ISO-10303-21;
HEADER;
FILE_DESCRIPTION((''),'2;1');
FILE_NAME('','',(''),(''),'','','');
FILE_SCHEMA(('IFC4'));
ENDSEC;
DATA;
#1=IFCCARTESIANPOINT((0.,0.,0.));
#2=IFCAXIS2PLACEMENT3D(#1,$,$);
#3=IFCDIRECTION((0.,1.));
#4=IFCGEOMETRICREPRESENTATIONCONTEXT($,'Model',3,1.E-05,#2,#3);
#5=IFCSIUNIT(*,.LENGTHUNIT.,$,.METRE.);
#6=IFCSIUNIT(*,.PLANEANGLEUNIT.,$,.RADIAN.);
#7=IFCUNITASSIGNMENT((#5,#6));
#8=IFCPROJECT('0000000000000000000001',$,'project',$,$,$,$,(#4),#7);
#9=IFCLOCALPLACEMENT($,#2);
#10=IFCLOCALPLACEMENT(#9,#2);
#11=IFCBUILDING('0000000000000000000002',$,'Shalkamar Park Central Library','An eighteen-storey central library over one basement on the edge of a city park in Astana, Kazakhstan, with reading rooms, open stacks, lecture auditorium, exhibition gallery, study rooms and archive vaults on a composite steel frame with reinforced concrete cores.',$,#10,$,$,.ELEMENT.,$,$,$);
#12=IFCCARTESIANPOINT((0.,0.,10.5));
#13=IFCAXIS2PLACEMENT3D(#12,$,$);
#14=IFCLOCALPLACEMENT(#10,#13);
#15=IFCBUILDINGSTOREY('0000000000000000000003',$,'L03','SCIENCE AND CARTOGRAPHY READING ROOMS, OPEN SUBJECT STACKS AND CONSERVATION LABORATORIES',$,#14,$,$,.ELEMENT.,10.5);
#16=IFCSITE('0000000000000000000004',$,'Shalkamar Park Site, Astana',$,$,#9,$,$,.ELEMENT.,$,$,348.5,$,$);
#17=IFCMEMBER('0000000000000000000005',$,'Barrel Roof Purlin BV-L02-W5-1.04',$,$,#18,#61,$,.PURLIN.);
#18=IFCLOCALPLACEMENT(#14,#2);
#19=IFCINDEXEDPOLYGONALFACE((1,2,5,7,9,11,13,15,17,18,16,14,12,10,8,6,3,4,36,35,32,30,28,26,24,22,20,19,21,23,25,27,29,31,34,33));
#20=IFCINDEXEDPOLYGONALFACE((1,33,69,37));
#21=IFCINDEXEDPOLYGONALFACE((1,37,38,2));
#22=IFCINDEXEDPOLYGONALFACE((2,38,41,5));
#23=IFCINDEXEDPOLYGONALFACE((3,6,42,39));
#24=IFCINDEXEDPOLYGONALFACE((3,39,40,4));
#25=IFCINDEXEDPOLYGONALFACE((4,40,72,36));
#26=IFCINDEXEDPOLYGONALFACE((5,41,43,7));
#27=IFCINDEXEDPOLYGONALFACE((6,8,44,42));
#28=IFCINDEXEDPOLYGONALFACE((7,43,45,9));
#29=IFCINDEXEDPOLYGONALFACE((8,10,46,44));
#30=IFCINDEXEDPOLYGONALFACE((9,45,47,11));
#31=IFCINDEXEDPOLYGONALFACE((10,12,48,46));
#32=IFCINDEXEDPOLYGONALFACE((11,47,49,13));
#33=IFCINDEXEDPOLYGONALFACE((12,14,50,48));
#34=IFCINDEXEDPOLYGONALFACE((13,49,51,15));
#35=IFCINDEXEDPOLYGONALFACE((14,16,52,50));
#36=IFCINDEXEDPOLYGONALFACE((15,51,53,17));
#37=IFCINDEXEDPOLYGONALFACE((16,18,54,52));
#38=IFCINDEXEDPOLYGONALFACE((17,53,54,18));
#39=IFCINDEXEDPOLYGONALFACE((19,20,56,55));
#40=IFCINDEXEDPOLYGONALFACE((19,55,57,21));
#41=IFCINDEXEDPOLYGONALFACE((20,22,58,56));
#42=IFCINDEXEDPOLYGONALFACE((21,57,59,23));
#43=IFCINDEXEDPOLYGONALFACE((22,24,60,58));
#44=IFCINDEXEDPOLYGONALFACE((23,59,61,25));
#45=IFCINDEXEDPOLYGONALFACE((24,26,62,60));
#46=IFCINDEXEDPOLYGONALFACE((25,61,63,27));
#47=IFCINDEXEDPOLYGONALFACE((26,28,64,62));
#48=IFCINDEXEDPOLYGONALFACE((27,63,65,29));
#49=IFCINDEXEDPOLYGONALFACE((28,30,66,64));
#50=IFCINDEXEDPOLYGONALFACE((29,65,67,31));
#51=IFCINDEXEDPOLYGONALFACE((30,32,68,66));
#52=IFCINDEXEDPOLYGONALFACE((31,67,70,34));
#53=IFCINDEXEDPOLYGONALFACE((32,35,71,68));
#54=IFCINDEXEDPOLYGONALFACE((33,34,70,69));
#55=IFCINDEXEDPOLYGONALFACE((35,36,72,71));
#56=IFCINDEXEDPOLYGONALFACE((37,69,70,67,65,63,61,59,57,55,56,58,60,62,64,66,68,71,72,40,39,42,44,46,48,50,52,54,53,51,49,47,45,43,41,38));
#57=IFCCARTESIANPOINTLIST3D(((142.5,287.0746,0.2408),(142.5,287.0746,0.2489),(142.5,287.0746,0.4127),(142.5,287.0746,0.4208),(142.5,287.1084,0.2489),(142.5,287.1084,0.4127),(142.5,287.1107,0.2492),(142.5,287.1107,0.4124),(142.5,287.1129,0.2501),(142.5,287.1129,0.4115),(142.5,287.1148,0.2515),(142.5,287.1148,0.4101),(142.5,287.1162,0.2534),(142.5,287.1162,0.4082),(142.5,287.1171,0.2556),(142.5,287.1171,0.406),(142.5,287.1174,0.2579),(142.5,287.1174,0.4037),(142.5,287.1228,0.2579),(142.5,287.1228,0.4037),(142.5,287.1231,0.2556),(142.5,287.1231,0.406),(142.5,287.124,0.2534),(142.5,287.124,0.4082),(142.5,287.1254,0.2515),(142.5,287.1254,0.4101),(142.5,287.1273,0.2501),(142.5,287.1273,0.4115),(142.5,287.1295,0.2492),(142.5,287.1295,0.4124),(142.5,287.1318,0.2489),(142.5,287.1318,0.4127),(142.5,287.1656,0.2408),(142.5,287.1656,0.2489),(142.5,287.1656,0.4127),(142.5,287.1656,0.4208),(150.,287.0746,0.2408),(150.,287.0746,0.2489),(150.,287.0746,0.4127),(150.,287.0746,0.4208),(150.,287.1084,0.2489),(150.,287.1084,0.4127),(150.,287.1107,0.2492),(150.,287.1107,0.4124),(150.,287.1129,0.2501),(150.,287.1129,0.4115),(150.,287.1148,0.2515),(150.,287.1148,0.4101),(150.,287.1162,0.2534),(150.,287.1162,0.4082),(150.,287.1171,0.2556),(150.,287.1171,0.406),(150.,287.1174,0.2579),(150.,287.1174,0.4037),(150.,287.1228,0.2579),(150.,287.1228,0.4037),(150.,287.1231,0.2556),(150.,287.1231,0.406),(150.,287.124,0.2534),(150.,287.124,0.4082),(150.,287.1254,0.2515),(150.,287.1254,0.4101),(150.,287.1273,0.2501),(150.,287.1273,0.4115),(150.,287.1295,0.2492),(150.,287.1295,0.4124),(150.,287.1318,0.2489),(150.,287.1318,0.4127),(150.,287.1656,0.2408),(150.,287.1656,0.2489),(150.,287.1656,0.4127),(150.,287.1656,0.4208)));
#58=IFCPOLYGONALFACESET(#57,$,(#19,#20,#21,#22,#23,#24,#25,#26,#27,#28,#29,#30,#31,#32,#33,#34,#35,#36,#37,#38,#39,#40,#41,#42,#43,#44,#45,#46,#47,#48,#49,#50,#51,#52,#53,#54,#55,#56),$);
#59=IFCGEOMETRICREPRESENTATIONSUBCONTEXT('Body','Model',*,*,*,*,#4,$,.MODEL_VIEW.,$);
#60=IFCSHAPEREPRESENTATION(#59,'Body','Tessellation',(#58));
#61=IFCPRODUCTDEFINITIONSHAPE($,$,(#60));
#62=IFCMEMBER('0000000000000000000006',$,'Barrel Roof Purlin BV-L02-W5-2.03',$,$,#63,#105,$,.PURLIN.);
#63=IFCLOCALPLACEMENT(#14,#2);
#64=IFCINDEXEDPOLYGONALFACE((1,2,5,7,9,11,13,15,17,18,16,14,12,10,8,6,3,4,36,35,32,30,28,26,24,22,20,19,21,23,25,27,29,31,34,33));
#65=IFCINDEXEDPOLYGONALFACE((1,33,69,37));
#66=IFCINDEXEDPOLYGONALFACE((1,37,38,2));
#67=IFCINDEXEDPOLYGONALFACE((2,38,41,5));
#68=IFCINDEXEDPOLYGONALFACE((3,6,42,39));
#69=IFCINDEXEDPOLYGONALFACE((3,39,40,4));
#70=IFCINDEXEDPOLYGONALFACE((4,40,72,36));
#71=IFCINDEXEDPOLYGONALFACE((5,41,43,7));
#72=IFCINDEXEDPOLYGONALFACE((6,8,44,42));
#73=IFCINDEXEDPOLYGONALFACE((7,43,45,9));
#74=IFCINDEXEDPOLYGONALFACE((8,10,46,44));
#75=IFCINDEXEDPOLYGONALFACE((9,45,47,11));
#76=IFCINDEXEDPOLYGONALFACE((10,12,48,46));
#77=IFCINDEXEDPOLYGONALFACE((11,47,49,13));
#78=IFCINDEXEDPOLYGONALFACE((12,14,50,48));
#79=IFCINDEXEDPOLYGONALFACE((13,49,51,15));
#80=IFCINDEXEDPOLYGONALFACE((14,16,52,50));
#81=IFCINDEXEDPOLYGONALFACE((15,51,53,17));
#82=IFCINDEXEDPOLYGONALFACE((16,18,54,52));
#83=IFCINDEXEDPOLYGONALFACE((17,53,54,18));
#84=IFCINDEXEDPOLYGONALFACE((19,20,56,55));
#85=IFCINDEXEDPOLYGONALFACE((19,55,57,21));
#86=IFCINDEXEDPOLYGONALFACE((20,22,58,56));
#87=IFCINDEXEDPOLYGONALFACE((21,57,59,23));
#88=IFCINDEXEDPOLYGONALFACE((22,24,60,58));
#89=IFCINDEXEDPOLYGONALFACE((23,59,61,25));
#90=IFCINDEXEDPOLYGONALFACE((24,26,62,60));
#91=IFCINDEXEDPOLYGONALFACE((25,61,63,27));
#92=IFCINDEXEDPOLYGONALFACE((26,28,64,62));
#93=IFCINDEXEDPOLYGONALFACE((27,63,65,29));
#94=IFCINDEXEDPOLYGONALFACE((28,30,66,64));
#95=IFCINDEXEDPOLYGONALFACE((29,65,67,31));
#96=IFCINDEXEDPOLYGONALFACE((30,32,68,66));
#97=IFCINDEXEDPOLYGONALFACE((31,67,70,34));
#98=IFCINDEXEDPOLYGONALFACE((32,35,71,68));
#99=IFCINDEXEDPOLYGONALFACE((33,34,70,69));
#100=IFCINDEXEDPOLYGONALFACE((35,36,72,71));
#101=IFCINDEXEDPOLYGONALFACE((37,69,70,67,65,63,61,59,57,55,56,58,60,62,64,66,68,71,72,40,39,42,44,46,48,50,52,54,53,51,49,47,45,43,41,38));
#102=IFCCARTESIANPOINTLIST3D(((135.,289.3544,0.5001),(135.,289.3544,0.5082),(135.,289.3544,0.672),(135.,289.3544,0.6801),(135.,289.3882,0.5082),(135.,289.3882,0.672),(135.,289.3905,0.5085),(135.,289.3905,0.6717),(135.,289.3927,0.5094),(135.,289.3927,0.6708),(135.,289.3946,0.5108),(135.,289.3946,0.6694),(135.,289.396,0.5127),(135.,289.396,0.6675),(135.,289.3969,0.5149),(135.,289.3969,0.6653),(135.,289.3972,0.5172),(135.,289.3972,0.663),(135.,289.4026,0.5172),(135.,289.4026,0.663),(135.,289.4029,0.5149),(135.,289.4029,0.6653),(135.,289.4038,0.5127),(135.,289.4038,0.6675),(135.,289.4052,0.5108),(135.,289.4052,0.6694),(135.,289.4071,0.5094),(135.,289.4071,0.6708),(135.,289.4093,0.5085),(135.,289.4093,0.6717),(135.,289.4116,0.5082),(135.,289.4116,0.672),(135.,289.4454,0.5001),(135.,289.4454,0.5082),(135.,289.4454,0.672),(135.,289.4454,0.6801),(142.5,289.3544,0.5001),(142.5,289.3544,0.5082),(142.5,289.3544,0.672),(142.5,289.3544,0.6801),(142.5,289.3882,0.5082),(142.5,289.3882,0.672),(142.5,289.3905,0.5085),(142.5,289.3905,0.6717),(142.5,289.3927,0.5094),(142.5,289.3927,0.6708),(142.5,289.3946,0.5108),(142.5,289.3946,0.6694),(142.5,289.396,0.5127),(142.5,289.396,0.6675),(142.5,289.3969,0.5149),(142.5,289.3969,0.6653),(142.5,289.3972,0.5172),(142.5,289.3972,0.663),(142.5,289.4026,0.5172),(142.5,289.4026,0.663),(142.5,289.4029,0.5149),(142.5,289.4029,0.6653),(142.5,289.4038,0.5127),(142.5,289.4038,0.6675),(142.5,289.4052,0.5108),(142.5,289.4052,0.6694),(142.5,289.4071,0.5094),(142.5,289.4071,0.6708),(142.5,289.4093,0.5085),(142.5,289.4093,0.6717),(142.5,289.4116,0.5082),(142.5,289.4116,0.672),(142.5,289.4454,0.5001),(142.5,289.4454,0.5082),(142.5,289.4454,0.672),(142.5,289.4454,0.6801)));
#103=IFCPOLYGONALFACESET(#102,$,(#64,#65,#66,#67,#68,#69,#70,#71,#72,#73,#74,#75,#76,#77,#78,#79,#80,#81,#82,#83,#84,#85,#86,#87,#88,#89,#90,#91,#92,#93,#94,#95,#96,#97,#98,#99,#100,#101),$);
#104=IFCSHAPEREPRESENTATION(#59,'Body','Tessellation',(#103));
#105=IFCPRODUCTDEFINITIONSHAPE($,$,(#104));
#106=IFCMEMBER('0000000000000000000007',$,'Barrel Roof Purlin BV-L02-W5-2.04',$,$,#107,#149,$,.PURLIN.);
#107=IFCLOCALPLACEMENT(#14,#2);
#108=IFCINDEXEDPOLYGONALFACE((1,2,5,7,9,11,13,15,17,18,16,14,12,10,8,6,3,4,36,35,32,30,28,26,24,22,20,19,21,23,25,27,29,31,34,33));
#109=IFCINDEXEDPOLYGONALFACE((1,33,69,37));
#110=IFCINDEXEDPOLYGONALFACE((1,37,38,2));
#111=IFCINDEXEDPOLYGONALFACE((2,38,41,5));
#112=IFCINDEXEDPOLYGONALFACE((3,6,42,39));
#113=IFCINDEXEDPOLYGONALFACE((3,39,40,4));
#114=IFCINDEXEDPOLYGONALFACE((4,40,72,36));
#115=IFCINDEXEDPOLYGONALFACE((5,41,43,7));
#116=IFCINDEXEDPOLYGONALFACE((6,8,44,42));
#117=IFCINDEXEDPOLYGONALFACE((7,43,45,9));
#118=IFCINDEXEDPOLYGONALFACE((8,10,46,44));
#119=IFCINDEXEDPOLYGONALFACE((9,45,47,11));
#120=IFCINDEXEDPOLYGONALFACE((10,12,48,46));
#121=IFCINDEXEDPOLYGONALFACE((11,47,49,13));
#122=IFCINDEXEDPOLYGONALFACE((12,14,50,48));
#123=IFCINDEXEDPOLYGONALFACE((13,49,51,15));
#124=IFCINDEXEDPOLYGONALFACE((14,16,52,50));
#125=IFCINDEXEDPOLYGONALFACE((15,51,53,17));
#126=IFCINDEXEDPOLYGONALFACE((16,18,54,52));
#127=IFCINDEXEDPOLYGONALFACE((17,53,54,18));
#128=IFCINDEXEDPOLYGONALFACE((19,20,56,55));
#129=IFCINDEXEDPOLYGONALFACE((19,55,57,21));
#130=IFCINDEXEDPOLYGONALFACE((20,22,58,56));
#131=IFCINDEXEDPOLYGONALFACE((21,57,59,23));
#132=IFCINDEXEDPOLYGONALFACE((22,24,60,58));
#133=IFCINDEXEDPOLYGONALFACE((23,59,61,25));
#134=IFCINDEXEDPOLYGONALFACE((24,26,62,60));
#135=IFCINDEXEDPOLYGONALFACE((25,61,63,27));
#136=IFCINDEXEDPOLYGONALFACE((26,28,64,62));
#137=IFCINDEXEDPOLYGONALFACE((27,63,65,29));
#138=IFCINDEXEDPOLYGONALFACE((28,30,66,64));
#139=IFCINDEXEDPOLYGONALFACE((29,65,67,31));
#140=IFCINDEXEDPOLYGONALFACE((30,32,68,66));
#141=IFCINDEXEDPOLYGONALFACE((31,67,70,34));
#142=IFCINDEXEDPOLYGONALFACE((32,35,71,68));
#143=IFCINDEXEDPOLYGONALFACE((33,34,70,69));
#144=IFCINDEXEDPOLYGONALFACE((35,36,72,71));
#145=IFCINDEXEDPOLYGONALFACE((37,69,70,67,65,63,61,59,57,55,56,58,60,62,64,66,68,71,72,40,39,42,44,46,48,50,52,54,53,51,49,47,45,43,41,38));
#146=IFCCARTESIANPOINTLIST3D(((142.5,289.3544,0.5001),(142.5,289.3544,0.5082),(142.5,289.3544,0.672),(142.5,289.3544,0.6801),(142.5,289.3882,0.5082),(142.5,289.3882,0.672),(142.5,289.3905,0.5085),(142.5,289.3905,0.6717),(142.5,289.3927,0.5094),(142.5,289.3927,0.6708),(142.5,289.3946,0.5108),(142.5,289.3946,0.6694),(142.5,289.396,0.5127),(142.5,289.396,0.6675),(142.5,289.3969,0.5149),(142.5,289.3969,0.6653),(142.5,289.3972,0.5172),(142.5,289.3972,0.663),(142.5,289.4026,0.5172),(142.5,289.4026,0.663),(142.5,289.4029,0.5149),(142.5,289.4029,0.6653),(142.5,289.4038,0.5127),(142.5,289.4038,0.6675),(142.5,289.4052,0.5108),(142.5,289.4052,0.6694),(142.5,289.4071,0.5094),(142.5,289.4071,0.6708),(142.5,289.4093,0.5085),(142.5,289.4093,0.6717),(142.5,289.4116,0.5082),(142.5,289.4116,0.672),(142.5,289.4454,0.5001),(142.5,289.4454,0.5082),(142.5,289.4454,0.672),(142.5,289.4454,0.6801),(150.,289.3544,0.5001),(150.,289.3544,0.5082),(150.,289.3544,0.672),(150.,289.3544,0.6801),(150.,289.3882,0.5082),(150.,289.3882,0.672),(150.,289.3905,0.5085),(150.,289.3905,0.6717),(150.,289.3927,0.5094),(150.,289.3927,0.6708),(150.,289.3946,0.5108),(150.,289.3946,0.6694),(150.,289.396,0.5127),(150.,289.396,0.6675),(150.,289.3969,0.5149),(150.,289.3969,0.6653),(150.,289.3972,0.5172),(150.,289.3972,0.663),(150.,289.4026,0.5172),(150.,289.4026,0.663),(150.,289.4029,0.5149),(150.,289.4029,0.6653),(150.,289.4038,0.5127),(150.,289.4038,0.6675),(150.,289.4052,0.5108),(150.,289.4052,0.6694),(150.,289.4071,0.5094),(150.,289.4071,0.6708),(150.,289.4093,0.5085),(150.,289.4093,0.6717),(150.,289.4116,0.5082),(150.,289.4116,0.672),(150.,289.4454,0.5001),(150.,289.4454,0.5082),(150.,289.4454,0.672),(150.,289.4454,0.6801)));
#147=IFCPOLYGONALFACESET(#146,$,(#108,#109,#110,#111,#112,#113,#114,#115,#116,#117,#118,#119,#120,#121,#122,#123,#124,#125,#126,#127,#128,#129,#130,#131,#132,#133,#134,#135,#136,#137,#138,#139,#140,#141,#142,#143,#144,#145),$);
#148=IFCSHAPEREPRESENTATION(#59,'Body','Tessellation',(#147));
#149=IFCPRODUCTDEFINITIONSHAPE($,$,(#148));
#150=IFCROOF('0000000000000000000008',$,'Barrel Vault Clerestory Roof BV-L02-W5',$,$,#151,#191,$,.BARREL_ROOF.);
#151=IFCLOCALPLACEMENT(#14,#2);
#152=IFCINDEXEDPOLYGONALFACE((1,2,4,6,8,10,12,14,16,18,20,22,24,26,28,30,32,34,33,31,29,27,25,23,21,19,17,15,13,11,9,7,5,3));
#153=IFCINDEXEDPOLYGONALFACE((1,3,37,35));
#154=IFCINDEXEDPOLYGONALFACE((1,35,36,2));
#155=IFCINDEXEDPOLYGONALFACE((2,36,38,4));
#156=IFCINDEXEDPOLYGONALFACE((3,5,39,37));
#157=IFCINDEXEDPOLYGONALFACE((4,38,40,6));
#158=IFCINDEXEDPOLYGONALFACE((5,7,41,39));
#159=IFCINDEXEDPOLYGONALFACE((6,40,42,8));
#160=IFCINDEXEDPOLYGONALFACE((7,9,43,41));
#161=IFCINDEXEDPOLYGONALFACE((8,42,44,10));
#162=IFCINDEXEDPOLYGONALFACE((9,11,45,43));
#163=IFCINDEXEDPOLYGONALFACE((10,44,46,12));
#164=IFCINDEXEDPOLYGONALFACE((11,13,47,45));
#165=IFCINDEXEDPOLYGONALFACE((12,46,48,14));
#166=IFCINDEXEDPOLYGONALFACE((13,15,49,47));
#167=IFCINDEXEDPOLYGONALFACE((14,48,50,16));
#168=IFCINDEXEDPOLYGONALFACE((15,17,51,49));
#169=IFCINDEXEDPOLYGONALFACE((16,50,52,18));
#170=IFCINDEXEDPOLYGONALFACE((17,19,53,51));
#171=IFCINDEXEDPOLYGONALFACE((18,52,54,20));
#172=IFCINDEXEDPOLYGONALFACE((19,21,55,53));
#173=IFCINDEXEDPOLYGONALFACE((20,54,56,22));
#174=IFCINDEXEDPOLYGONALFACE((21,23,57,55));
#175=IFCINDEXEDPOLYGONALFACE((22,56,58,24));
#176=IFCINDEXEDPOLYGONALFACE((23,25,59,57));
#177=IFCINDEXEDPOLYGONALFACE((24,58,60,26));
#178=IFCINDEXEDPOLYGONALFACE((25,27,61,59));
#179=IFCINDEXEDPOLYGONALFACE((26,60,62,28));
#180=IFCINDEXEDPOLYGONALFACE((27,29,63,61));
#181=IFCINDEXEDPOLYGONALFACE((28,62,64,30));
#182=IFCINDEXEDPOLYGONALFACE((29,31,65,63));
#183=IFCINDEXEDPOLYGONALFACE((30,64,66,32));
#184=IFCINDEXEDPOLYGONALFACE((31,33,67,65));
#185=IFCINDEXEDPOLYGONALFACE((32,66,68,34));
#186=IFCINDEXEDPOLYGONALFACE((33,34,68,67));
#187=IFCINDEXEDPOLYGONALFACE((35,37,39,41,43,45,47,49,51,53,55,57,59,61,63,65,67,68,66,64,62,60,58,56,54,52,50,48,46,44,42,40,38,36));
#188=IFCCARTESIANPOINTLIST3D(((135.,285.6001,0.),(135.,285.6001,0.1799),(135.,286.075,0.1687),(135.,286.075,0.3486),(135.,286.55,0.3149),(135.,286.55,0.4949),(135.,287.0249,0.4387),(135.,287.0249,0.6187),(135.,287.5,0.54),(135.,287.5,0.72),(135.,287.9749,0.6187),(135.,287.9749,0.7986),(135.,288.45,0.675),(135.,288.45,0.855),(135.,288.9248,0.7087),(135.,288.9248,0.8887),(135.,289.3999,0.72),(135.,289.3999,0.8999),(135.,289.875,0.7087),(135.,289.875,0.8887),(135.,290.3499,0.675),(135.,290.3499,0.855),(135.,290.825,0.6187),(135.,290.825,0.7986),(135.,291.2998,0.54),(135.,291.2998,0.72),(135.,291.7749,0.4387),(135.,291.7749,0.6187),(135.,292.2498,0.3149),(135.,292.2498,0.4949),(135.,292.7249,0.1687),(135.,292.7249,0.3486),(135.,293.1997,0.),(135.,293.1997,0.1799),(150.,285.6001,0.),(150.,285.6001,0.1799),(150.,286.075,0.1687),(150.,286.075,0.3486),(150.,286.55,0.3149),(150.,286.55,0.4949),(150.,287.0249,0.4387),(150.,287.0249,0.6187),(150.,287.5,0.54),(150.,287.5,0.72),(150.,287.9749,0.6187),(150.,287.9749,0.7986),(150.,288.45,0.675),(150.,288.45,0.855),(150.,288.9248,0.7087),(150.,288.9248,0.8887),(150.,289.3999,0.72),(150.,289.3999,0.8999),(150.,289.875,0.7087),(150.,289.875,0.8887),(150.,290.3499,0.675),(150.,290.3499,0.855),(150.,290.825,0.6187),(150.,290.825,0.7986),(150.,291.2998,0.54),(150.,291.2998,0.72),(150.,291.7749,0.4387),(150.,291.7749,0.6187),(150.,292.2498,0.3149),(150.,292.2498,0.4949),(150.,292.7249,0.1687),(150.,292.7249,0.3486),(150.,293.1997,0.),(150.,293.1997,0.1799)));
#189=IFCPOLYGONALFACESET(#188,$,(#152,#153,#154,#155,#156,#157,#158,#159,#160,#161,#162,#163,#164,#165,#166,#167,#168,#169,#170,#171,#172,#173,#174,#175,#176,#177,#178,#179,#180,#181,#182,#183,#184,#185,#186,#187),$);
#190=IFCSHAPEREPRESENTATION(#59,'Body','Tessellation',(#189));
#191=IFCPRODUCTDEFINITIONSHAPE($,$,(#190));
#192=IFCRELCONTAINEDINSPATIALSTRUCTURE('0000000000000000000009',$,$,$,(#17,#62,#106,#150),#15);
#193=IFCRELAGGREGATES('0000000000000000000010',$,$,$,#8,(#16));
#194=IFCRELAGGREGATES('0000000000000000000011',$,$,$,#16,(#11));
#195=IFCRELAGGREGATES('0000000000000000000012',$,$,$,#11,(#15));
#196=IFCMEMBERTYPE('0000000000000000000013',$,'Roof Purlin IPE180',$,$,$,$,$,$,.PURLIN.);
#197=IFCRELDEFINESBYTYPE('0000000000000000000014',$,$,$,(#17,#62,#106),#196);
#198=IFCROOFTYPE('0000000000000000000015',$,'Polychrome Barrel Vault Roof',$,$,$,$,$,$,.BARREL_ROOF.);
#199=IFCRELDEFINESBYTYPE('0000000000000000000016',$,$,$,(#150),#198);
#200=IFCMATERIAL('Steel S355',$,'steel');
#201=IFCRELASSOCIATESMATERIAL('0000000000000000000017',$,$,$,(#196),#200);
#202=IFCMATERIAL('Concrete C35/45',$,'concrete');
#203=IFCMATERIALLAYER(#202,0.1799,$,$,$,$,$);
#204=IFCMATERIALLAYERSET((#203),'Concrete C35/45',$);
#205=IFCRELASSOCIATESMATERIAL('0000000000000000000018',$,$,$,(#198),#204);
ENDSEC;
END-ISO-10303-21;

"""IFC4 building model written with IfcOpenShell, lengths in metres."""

from ifc_helpers import new_model, si_unit, direction, frame, origin, origin_2d, place, context, subcontext, project, spatial, polyline, i_section, outline, extrude, material, layer, layer_set, material_profile, profile_set, type_object, element, save


model = new_model("IFC4")

# Units and contexts
model_context = context("Model", 3, precision=1e-05, world=origin(), true_north=direction((0.0, 1.0)))
body_context = subcontext(model_context, "Body", "Model", "MODEL_VIEW")
ifc_project = project(units=[si_unit("LENGTHUNIT", "METRE"), si_unit("PLANEANGLEUNIT", "RADIAN")], contexts=[model_context])

# Site, building, storey
site_placement = place(None, origin())
site = spatial("IfcSite", under=ifc_project, at=site_placement, Name="Shalkamar Park Site, Astana", CompositionType="ELEMENT", RefElevation=348.5)
building_placement = place(site_placement, origin())
building = spatial("IfcBuilding", under=site, at=building_placement, Name="Shalkamar Park Central Library", Description="An eighteen-storey central library over one basement on the edge of a city park in Astana, Kazakhstan, with reading rooms, open stacks, lecture auditorium, exhibition gallery, study rooms and archive vaults on a composite steel frame with reinforced concrete cores.", CompositionType="ELEMENT")
storey_placement = place(building_placement, frame((0.0, 0.0, 10.5)))
storey = spatial("IfcBuildingStorey", under=building, at=storey_placement, Name="L03", Description="SCIENCE AND CARTOGRAPHY READING ROOMS, OPEN SUBJECT STACKS AND CONSERVATION LABORATORIES", CompositionType="ELEMENT", Elevation=10.5)

# Members
ifc_material_1 = material(Name="Steel S355", Category="steel")
ifc_material_profile_1 = material_profile(ifc_material_1, i_section(OverallWidth=0.0911, OverallDepth=0.1799, WebThickness=0.0054, FlangeThickness=0.0081, FilletRadius=0.009, at=origin_2d()), Name="IPE 180")
ifc_profile_set_1 = profile_set([ifc_material_profile_1], Name="Steel S355")
member_type_1 = type_object("IfcMemberType", Name="Roof Purlin IPE180", PredefinedType="PURLIN", material=ifc_profile_set_1)
for number, where, z_axis, x_axis, name in (
    (1, (142.5, 287.1201, 0.3308), (1.0, 0.0, 0.0), (0.0, 1.0, 0.0), "Barrel Roof Purlin BV-L02-W5-1.04"),
    (2, (135.0, 289.3999, 0.5901), (1.0, 0.0, 0.0), (0.0, 1.0, 0.0), "Barrel Roof Purlin BV-L02-W5-2.03"),
    (3, (142.5, 289.3999, 0.5901), (1.0, 0.0, 0.0), (0.0, 1.0, 0.0), "Barrel Roof Purlin BV-L02-W5-2.04"),
):
    element("IfcMember", number, at=place(storey_placement, frame(where, z_axis=z_axis, x_axis=x_axis)), inside=storey, type_object=member_type_1, Name=name, PredefinedType="PURLIN", context=body_context, shape_type="SweptSolid", body=[
        extrude(i_section(OverallWidth=0.0911, OverallDepth=0.1799, WebThickness=0.0054, FlangeThickness=0.0081, FilletRadius=0.009, at=origin_2d()), origin(), (0.0, 0.0, 1.0), 7.5),
    ])

# Roof
ifc_material_2 = material(Name="Concrete C35/45", Category="concrete")
ifc_layer_1 = layer(ifc_material_2, 0.1799)
ifc_layer_set_1 = layer_set([ifc_layer_1], Name="Concrete C35/45")
roof_type = type_object("IfcRoofType", Name="Polychrome Barrel Vault Roof", PredefinedType="BARREL_ROOF", material=ifc_layer_set_1)
roof_placement = place(storey_placement, frame((135.0, 289.3999, 0.0), z_axis=(0.0, 0.0, 1.0), x_axis=(1.0, 0.0, 0.0)))
element("IfcRoof", 4, at=roof_placement, inside=storey, type_object=roof_type, Name="Barrel Vault Clerestory Roof BV-L02-W5", PredefinedType="BARREL_ROOF", context=body_context, shape_type="SweptSolid", body=[
    extrude(outline(polyline([(-3.7998, 0.1799), (-3.325, 0.3486), (-2.8499, 0.4949), (-2.375, 0.6187), (-1.8999, 0.72), (-1.425, 0.7986), (-0.95, 0.855), (-0.4751, 0.8887), (0.0, 0.8999), (0.4751, 0.8887), (0.95, 0.855), (1.425, 0.7986), (1.8999, 0.72), (2.375, 0.6187), (2.8499, 0.4949), (3.325, 0.3486), (3.7998, 0.1799), (3.7998, 0.0), (3.325, 0.1687), (2.8499, 0.3149), (2.375, 0.4387), (1.8999, 0.54), (1.425, 0.6187), (0.95, 0.675), (0.4751, 0.7087), (0.0, 0.72), (-0.4751, 0.7087), (-0.95, 0.675), (-1.425, 0.6187), (-1.8999, 0.54), (-2.375, 0.4387), (-2.8499, 0.3149), (-3.325, 0.1687), (-3.7998, 0.0), (-3.7998, 0.1799)])), frame((0.0, 0.0, 0.0), z_axis=(1.0, 0.0, 0.0), x_axis=(0.0, 1.0, 0.0)), (0.0, 0.0, 1.0), 15.0),
])

save(model, "model.ifc")
